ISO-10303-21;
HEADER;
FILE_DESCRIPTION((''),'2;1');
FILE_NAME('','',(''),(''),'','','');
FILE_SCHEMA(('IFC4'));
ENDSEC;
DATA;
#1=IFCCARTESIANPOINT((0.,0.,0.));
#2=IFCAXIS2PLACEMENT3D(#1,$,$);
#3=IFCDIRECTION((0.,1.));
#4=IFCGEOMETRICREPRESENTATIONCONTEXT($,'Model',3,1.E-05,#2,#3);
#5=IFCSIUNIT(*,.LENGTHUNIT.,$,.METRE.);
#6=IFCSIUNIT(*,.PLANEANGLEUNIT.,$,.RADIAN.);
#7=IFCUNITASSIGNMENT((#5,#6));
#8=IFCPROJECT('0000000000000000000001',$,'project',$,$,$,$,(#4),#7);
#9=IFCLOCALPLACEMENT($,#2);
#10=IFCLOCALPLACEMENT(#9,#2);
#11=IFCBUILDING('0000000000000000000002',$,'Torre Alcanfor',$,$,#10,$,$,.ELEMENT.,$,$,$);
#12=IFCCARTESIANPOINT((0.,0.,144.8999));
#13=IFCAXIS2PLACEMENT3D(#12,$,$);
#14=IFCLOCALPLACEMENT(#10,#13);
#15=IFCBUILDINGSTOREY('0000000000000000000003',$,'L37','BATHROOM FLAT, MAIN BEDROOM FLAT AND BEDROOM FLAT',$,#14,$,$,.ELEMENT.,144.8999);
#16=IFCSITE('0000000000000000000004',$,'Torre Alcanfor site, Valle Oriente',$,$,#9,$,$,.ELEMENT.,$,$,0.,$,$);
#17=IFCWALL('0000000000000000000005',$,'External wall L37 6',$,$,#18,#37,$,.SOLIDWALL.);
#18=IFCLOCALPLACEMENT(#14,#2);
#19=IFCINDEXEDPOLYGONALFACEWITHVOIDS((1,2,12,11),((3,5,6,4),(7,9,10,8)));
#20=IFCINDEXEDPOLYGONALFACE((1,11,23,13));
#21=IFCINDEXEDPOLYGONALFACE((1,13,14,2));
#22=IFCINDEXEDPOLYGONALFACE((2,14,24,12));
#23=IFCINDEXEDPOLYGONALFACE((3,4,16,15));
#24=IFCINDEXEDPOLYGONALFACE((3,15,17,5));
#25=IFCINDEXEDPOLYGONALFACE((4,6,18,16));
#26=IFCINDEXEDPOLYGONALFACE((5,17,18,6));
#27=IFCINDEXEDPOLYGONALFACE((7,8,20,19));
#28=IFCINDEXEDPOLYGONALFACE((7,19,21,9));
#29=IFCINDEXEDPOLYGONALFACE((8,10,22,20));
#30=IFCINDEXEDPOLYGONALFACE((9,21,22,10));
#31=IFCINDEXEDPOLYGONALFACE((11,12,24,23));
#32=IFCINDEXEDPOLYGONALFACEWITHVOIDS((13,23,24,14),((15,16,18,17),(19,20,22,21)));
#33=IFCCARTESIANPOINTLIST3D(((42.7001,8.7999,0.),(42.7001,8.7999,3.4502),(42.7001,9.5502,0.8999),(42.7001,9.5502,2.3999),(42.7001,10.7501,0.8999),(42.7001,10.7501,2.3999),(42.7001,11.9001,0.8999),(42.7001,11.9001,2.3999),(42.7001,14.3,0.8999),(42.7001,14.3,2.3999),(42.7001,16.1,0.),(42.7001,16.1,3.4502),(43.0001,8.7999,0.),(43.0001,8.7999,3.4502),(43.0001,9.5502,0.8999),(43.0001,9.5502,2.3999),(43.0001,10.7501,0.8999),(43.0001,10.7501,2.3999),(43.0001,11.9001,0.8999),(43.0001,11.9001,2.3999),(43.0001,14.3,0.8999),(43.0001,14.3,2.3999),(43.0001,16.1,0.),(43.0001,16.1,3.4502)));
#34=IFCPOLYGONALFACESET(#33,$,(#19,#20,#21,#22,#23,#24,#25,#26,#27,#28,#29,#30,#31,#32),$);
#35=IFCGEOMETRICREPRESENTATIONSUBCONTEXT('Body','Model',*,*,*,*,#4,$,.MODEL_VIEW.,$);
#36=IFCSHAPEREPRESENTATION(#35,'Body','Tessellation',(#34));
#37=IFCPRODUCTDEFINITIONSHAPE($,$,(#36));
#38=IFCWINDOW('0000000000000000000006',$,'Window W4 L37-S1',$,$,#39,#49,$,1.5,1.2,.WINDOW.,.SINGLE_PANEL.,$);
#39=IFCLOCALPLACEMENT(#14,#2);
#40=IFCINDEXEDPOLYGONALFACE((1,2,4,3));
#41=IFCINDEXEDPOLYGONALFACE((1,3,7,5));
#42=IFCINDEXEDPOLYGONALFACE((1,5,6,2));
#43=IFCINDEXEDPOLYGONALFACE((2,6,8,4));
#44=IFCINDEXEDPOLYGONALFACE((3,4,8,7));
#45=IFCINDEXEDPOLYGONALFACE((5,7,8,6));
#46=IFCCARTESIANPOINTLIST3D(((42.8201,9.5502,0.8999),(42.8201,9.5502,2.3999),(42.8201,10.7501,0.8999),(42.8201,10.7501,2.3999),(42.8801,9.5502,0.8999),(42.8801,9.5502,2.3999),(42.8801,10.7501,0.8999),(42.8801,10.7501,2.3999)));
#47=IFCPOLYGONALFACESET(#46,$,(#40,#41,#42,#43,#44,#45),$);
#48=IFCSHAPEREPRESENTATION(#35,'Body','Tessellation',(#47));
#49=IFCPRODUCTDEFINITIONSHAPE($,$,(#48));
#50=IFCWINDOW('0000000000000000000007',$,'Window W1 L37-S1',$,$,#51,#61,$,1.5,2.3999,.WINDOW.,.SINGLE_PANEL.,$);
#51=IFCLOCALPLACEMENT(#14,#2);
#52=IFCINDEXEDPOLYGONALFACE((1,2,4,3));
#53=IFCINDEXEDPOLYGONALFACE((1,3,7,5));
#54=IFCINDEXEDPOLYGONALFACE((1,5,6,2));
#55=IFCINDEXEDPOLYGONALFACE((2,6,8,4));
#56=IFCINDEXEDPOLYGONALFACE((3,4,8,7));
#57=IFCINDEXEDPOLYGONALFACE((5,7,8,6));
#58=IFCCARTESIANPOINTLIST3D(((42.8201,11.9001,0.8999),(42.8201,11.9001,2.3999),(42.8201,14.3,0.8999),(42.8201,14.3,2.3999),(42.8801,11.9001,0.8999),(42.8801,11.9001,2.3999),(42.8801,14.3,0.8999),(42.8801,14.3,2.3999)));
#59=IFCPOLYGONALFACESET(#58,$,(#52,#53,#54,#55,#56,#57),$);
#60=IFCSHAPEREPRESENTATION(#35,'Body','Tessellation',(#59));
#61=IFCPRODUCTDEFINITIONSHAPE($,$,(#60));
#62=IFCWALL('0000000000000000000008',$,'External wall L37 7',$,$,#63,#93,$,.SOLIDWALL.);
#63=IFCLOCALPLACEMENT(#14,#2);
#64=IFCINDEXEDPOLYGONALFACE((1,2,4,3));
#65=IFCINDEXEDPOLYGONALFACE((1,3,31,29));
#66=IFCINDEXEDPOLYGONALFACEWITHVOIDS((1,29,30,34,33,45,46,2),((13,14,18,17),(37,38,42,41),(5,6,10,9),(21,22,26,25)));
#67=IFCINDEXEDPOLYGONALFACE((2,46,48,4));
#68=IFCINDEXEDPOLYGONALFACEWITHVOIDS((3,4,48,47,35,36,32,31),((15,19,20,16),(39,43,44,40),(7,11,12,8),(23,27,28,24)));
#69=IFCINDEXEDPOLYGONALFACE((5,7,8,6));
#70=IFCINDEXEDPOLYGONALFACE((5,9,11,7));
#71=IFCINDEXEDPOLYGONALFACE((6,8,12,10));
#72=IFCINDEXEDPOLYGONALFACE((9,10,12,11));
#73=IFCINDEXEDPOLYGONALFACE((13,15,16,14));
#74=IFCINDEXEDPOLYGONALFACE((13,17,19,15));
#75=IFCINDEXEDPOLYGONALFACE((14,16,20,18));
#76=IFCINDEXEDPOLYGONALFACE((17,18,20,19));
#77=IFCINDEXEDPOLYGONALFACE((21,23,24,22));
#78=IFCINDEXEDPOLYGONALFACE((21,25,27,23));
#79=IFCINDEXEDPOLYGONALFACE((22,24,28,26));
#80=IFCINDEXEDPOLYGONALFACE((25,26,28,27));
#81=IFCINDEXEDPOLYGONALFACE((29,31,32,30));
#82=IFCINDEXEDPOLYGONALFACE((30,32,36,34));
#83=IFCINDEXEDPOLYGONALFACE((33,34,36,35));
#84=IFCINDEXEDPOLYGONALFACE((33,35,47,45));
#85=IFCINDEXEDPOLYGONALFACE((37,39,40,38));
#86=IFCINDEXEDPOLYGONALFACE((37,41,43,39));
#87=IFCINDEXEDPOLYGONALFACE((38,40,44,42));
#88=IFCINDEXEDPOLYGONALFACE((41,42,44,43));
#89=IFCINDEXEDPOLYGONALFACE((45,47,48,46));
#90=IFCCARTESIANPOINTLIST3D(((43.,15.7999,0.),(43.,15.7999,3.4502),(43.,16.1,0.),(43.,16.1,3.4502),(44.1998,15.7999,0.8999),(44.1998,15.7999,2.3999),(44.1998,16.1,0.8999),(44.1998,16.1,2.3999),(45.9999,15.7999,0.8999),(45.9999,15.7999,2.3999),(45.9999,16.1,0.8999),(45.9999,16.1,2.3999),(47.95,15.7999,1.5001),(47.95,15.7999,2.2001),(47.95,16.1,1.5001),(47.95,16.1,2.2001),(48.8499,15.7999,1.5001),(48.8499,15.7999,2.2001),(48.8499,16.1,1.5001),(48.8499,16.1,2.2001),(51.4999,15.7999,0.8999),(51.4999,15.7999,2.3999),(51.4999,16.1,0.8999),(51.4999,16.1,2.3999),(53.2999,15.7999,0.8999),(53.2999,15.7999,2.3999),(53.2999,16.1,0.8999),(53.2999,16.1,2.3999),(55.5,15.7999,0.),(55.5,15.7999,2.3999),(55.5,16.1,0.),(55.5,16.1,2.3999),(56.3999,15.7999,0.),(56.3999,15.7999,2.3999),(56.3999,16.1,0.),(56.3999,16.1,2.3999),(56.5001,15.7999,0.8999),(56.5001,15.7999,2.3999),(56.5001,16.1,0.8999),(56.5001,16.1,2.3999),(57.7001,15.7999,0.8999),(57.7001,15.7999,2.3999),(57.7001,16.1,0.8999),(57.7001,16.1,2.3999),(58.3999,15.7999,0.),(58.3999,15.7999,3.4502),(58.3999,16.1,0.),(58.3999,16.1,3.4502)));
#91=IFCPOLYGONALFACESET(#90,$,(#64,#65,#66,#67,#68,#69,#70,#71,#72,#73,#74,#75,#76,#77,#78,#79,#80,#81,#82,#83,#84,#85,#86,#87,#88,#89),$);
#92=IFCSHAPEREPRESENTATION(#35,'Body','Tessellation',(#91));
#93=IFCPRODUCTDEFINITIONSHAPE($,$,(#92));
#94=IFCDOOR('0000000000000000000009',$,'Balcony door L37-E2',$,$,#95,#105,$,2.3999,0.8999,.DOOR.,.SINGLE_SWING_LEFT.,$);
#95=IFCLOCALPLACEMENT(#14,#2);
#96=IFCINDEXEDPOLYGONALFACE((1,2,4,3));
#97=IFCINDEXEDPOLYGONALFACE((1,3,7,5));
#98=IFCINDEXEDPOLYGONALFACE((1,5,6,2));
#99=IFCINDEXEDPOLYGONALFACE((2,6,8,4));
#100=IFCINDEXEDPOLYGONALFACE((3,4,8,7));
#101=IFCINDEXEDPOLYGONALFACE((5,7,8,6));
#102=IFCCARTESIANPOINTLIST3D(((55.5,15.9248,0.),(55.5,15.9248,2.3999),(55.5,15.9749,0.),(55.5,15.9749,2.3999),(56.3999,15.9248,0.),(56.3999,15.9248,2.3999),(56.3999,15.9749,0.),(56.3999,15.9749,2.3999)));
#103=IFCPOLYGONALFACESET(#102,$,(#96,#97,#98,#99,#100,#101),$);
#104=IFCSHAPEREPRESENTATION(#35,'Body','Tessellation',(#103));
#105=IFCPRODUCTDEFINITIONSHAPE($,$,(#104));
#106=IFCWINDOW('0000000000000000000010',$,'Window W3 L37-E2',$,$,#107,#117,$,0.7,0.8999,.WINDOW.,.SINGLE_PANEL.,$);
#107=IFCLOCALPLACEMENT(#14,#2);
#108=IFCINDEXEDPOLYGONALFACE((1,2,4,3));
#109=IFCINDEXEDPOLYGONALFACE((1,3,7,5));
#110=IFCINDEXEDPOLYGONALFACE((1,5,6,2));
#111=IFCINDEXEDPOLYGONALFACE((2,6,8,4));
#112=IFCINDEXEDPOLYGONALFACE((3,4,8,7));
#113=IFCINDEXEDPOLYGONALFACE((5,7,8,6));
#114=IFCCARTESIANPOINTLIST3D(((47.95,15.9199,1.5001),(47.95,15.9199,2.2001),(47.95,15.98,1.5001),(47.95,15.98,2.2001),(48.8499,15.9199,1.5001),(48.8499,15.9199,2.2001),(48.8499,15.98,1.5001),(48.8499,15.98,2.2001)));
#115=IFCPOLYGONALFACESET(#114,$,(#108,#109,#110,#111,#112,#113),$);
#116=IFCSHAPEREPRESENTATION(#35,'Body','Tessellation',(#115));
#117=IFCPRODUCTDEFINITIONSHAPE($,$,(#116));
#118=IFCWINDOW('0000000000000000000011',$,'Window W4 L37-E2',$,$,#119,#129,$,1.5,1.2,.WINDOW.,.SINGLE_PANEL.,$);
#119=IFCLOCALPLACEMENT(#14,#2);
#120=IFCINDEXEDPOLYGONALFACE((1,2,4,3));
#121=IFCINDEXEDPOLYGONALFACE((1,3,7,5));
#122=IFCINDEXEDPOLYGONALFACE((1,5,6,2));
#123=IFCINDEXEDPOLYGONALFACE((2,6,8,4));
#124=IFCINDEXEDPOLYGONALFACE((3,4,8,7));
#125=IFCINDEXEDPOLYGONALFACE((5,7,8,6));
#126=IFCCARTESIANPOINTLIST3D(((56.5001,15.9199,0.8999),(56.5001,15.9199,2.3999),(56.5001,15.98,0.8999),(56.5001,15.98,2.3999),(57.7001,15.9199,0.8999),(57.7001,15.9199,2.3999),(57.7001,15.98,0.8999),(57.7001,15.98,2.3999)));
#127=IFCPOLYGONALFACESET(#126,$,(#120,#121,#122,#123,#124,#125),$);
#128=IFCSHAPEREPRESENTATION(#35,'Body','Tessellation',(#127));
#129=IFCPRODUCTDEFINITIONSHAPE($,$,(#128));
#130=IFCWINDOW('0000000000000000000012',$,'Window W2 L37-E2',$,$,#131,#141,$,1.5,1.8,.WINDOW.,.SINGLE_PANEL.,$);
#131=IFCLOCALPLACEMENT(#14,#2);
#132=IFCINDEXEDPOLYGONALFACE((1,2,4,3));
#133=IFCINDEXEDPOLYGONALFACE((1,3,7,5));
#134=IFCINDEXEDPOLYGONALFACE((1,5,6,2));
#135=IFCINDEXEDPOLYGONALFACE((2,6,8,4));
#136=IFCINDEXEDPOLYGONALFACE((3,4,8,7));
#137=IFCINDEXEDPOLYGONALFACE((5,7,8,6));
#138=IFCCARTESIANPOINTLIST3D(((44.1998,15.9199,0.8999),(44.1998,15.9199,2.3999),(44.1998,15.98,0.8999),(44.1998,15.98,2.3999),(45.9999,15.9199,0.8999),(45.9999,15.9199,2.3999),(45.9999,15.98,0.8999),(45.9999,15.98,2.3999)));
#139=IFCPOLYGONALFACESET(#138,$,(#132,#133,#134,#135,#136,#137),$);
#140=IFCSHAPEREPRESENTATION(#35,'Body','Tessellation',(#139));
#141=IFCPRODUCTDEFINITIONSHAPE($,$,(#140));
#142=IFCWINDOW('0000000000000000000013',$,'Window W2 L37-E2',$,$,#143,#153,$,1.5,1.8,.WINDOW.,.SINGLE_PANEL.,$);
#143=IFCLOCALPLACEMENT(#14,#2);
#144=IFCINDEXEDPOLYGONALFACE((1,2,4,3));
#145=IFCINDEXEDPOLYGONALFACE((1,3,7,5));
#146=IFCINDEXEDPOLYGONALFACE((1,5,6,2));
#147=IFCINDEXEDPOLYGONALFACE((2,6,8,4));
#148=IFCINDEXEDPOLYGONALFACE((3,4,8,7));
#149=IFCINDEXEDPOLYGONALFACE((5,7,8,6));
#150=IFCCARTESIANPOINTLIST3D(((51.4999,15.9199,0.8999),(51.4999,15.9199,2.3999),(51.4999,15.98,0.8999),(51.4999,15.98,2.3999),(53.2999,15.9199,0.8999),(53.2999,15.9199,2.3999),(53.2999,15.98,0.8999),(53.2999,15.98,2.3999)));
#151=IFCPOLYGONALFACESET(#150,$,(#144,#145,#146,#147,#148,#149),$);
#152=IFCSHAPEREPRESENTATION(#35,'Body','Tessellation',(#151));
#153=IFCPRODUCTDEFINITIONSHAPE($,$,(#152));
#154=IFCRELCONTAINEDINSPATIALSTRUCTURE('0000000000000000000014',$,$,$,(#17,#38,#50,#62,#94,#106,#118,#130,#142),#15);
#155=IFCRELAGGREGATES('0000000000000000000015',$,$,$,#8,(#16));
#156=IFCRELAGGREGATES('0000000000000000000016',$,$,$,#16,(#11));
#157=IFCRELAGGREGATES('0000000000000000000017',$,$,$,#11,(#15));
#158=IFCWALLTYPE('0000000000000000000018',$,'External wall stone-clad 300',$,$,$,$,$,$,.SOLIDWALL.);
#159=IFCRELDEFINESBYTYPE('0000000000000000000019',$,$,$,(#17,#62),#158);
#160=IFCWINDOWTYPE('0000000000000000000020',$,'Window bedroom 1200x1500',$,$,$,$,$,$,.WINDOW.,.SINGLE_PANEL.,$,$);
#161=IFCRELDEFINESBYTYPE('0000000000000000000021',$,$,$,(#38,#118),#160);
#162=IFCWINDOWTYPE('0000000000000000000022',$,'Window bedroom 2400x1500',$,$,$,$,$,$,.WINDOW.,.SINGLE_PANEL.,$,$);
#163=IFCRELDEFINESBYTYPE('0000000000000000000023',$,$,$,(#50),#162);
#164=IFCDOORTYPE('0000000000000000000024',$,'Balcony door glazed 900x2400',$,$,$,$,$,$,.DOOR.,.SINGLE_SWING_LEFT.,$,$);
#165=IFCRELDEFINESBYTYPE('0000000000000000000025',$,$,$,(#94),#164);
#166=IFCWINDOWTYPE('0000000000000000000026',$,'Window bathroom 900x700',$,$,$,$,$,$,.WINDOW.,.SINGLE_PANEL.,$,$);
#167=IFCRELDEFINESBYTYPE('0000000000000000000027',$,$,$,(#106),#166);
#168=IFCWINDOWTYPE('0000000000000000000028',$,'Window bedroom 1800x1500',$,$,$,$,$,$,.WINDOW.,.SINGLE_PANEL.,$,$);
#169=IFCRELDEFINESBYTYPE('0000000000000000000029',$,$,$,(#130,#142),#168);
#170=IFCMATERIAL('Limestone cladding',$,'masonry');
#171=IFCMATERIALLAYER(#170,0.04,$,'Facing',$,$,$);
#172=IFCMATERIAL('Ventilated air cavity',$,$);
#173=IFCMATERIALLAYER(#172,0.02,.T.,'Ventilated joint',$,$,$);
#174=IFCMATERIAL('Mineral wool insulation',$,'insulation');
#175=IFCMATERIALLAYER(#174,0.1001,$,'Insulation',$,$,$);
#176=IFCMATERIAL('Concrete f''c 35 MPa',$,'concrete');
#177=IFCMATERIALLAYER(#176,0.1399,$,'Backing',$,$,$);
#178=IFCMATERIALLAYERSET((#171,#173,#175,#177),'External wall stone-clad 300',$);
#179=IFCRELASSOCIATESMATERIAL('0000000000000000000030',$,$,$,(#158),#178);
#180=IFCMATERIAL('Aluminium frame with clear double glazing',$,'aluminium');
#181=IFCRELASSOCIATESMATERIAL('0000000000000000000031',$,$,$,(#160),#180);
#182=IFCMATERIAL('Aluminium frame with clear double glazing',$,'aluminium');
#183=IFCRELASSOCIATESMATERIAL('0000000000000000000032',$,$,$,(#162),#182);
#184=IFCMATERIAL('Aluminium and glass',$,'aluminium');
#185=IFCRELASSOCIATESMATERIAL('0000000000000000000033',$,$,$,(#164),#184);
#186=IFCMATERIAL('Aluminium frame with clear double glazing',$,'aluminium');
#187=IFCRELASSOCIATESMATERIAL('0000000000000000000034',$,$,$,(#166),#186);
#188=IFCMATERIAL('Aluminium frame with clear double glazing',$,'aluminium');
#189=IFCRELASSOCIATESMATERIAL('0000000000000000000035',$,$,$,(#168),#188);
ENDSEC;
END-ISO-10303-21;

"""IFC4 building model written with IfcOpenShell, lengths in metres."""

from ifc_helpers import new_model, si_unit, direction, frame, frame_2d, origin, place, context, subcontext, project, spatial, rectangle, extrude, material, layer, layer_set, type_object, element, fill, save


model = new_model("IFC4")

# Units and contexts
model_context = context("Model", 3, precision=1e-05, world=origin(), true_north=direction((0.0, 1.0)))
body_context = subcontext(model_context, "Body", "Model", "MODEL_VIEW")
ifc_project = project(units=[si_unit("LENGTHUNIT", "METRE"), si_unit("PLANEANGLEUNIT", "RADIAN")], contexts=[model_context])

# Site, building, storey
site_placement = place(None, origin())
site = spatial("IfcSite", under=ifc_project, at=site_placement, Name="Torre Alcanfor site, Valle Oriente", CompositionType="ELEMENT", RefElevation=0.0)
building_placement = place(site_placement, origin())
building = spatial("IfcBuilding", under=site, at=building_placement, Name="Torre Alcanfor", CompositionType="ELEMENT")
storey_placement = place(building_placement, frame((0.0, 0.0, 144.8999)))
storey = spatial("IfcBuildingStorey", under=building, at=storey_placement, Name="L37", Description="BATHROOM FLAT, MAIN BEDROOM FLAT AND BEDROOM FLAT", CompositionType="ELEMENT", Elevation=144.8999)

# Wall, openings, windows
ifc_material_1 = material(Name="Limestone cladding", Category="masonry")
ifc_layer_1 = layer(ifc_material_1, 0.04, Name="Facing")
ifc_material_2 = material(Name="Ventilated air cavity")
ifc_layer_2 = layer(ifc_material_2, 0.02, ventilated=True, Name="Ventilated joint")
ifc_material_3 = material(Name="Mineral wool insulation", Category="insulation")
ifc_layer_3 = layer(ifc_material_3, 0.1001, Name="Insulation")
ifc_material_4 = material(Name="Concrete f'c 35 MPa", Category="concrete")
ifc_layer_4 = layer(ifc_material_4, 0.1399, Name="Backing")
ifc_layer_set_1 = layer_set([ifc_layer_1, ifc_layer_2, ifc_layer_3, ifc_layer_4], Name="External wall stone-clad 300")
wall_type_1 = type_object("IfcWallType", Name="External wall stone-clad 300", PredefinedType="SOLIDWALL", material=ifc_layer_set_1)
wall_1_placement = place(storey_placement, frame((42.8501, 8.8, 0.0), z_axis=(0.0, 0.0, 1.0), x_axis=(0.0, 1.0, 0.0)))
wall_1 = element("IfcWall", 1, at=wall_1_placement, inside=storey, type_object=wall_type_1, Name="External wall L37 6", PredefinedType="SOLIDWALL", context=body_context, shape_type="SweptSolid", body=[
    extrude(rectangle(XDim=7.3, YDim=0.3, at=frame_2d((3.6499, 0.0))), origin(), (0.0, 0.0, 1.0), 3.4502),
])
opening_1_placement = place(wall_1_placement, frame((3.1001, 0.0, 0.8999)))
opening_1 = element("IfcOpeningElement", 2, at=opening_1_placement, cuts=wall_1, PredefinedType="OPENING", context=body_context, shape_type="SweptSolid", body=[
    extrude(rectangle(XDim=2.3999, YDim=1.5, at=frame_2d((1.2, 0.75))), frame((0.0, 0.1599, 0.0), z_axis=(0.0, -1.0, 0.0), x_axis=(1.0, 0.0, 0.0)), (0.0, 0.0, 1.0), 0.3201),
])
opening_2_placement = place(wall_1_placement, frame((0.75, 0.0, 0.8999)))
opening_2 = element("IfcOpeningElement", 3, at=opening_2_placement, cuts=wall_1, PredefinedType="OPENING", context=body_context, shape_type="SweptSolid", body=[
    extrude(rectangle(XDim=1.2, YDim=1.5, at=frame_2d((0.6001, 0.75))), frame((0.0, 0.1599, 0.0), z_axis=(0.0, -1.0, 0.0), x_axis=(1.0, 0.0, 0.0)), (0.0, 0.0, 1.0), 0.3201),
])
ifc_material_5 = material(Name="Aluminium frame with clear double glazing", Category="aluminium")
window_type_1 = type_object("IfcWindowType", Name="Window bedroom 1200x1500", PartitioningType="SINGLE_PANEL", PredefinedType="WINDOW", material=ifc_material_5)
window_1_placement = place(opening_2_placement, origin())
window_1 = element("IfcWindow", 4, at=window_1_placement, inside=storey, type_object=window_type_1, Name="Window W4 L37-S1", OverallHeight=1.5, OverallWidth=1.2, PartitioningType="SINGLE_PANEL", PredefinedType="WINDOW", context=body_context, shape_type="SweptSolid", body=[
    extrude(rectangle(XDim=1.2, YDim=1.5, at=frame_2d((0.6001, 0.75))), frame((0.0, 0.03, 0.0), z_axis=(0.0, -1.0, 0.0), x_axis=(1.0, 0.0, 0.0)), (0.0, 0.0, 1.0), 0.0601),
])
fill(opening_2, window_1)
ifc_material_6 = material(Name="Aluminium frame with clear double glazing", Category="aluminium")
window_type_2 = type_object("IfcWindowType", Name="Window bedroom 2400x1500", PartitioningType="SINGLE_PANEL", PredefinedType="WINDOW", material=ifc_material_6)
window_2_placement = place(opening_1_placement, origin())
window_2 = element("IfcWindow", 5, at=window_2_placement, inside=storey, type_object=window_type_2, Name="Window W1 L37-S1", OverallHeight=1.5, OverallWidth=2.3999, PartitioningType="SINGLE_PANEL", PredefinedType="WINDOW", context=body_context, shape_type="SweptSolid", body=[
    extrude(rectangle(XDim=2.3999, YDim=1.5, at=frame_2d((1.2, 0.75))), frame((0.0, 0.03, 0.0), z_axis=(0.0, -1.0, 0.0), x_axis=(1.0, 0.0, 0.0)), (0.0, 0.0, 1.0), 0.0601),
])
fill(opening_1, window_2)

# Wall, openings, door, windows
wall_2_placement = place(storey_placement, frame((43.0, 15.95, 0.0), z_axis=(0.0, 0.0, 1.0), x_axis=(1.0, 0.0, 0.0)))
wall_2 = element("IfcWall", 6, at=wall_2_placement, inside=storey, type_object=wall_type_1, Name="External wall L37 7", PredefinedType="SOLIDWALL", context=body_context, shape_type="SweptSolid", body=[
    extrude(rectangle(XDim=15.3999, YDim=0.3, at=frame_2d((7.7, 0.0))), origin(), (0.0, 0.0, 1.0), 3.4502),
])
opening_3_placement = place(wall_2_placement, frame((1.2, 0.0, 0.8999)))
opening_3 = element("IfcOpeningElement", 7, at=opening_3_placement, cuts=wall_2, PredefinedType="OPENING", context=body_context, shape_type="SweptSolid", body=[
    extrude(rectangle(XDim=1.8, YDim=1.5, at=frame_2d((0.8999, 0.75))), frame((0.0, 0.1599, 0.0), z_axis=(0.0, -1.0, 0.0), x_axis=(1.0, 0.0, 0.0)), (0.0, 0.0, 1.0), 0.3201),
])
opening_4_placement = place(wall_2_placement, frame((4.95, 0.0, 1.5)))
opening_4 = element("IfcOpeningElement", 8, at=opening_4_placement, cuts=wall_2, PredefinedType="OPENING", context=body_context, shape_type="SweptSolid", body=[
    extrude(rectangle(XDim=0.8999, YDim=0.7, at=frame_2d((0.45, 0.3501))), frame((0.0, 0.1599, 0.0), z_axis=(0.0, -1.0, 0.0), x_axis=(1.0, 0.0, 0.0)), (0.0, 0.0, 1.0), 0.3201),
])
opening_5_placement = place(wall_2_placement, frame((8.5, 0.0, 0.8999)))
opening_5 = element("IfcOpeningElement", 9, at=opening_5_placement, cuts=wall_2, PredefinedType="OPENING", context=body_context, shape_type="SweptSolid", body=[
    extrude(rectangle(XDim=1.8, YDim=1.5, at=frame_2d((0.8999, 0.75))), frame((0.0, 0.1599, 0.0), z_axis=(0.0, -1.0, 0.0), x_axis=(1.0, 0.0, 0.0)), (0.0, 0.0, 1.0), 0.3201),
])
opening_6_placement = place(wall_2_placement, frame((12.5, 0.0, 0.0)))
opening_6 = element("IfcOpeningElement", 10, at=opening_6_placement, cuts=wall_2, PredefinedType="OPENING", context=body_context, shape_type="SweptSolid", body=[
    extrude(rectangle(XDim=0.8999, YDim=2.3999, at=frame_2d((0.45, 1.2))), frame((0.0, 0.1599, 0.0), z_axis=(0.0, -1.0, 0.0), x_axis=(1.0, 0.0, 0.0)), (0.0, 0.0, 1.0), 0.3201),
])
opening_7_placement = place(wall_2_placement, frame((13.5, 0.0, 0.8999)))
opening_7 = element("IfcOpeningElement", 11, at=opening_7_placement, cuts=wall_2, PredefinedType="OPENING", context=body_context, shape_type="SweptSolid", body=[
    extrude(rectangle(XDim=1.2, YDim=1.5, at=frame_2d((0.6001, 0.75))), frame((0.0, 0.1599, 0.0), z_axis=(0.0, -1.0, 0.0), x_axis=(1.0, 0.0, 0.0)), (0.0, 0.0, 1.0), 0.3201),
])
ifc_material_7 = material(Name="Aluminium and glass", Category="aluminium")
door_type_1 = type_object("IfcDoorType", Name="Balcony door glazed 900x2400", OperationType="SINGLE_SWING_LEFT", PredefinedType="DOOR", material=ifc_material_7)
door_1_placement = place(opening_6_placement, origin())
door_1 = element("IfcDoor", 12, at=door_1_placement, inside=storey, type_object=door_type_1, Name="Balcony door L37-E2", OperationType="SINGLE_SWING_LEFT", OverallHeight=2.3999, OverallWidth=0.8999, PredefinedType="DOOR", context=body_context, shape_type="SweptSolid", body=[
    extrude(rectangle(XDim=0.8999, YDim=2.3999, at=frame_2d((0.45, 1.2))), frame((0.0, 0.0249, 0.0), z_axis=(0.0, -1.0, 0.0), x_axis=(1.0, 0.0, 0.0)), (0.0, 0.0, 1.0), 0.05),
])
fill(opening_6, door_1)
ifc_material_8 = material(Name="Aluminium frame with clear double glazing", Category="aluminium")
window_type_3 = type_object("IfcWindowType", Name="Window bathroom 900x700", PartitioningType="SINGLE_PANEL", PredefinedType="WINDOW", material=ifc_material_8)
window_3_placement = place(opening_4_placement, origin())
window_3 = element("IfcWindow", 13, at=window_3_placement, inside=storey, type_object=window_type_3, Name="Window W3 L37-E2", OverallHeight=0.7, OverallWidth=0.8999, PartitioningType="SINGLE_PANEL", PredefinedType="WINDOW", context=body_context, shape_type="SweptSolid", body=[
    extrude(rectangle(XDim=0.8999, YDim=0.7, at=frame_2d((0.45, 0.3501))), frame((0.0, 0.03, 0.0), z_axis=(0.0, -1.0, 0.0), x_axis=(1.0, 0.0, 0.0)), (0.0, 0.0, 1.0), 0.0601),
])
fill(opening_4, window_3)
window_4_placement = place(opening_7_placement, origin())
window_4 = element("IfcWindow", 14, at=window_4_placement, inside=storey, type_object=window_type_1, Name="Window W4 L37-E2", OverallHeight=1.5, OverallWidth=1.2, PartitioningType="SINGLE_PANEL", PredefinedType="WINDOW", context=body_context, shape_type="SweptSolid", body=[
    extrude(rectangle(XDim=1.2, YDim=1.5, at=frame_2d((0.6001, 0.75))), frame((0.0, 0.03, 0.0), z_axis=(0.0, -1.0, 0.0), x_axis=(1.0, 0.0, 0.0)), (0.0, 0.0, 1.0), 0.0601),
])
fill(opening_7, window_4)
ifc_material_9 = material(Name="Aluminium frame with clear double glazing", Category="aluminium")
window_type_4 = type_object("IfcWindowType", Name="Window bedroom 1800x1500", PartitioningType="SINGLE_PANEL", PredefinedType="WINDOW", material=ifc_material_9)
window_5_placement = place(opening_3_placement, origin())
window_5 = element("IfcWindow", 15, at=window_5_placement, inside=storey, type_object=window_type_4, Name="Window W2 L37-E2", OverallHeight=1.5, OverallWidth=1.8, PartitioningType="SINGLE_PANEL", PredefinedType="WINDOW", context=body_context, shape_type="SweptSolid", body=[
    extrude(rectangle(XDim=1.8, YDim=1.5, at=frame_2d((0.8999, 0.75))), frame((0.0, 0.03, 0.0), z_axis=(0.0, -1.0, 0.0), x_axis=(1.0, 0.0, 0.0)), (0.0, 0.0, 1.0), 0.0601),
])
fill(opening_3, window_5)
window_6_placement = place(opening_5_placement, origin())
window_6 = element("IfcWindow", 16, at=window_6_placement, inside=storey, type_object=window_type_4, Name="Window W2 L37-E2", OverallHeight=1.5, OverallWidth=1.8, PartitioningType="SINGLE_PANEL", PredefinedType="WINDOW", context=body_context, shape_type="SweptSolid", body=[
    extrude(rectangle(XDim=1.8, YDim=1.5, at=frame_2d((0.8999, 0.75))), frame((0.0, 0.03, 0.0), z_axis=(0.0, -1.0, 0.0), x_axis=(1.0, 0.0, 0.0)), (0.0, 0.0, 1.0), 0.0601),
])
fill(opening_5, window_6)

save(model, "model.ifc")
